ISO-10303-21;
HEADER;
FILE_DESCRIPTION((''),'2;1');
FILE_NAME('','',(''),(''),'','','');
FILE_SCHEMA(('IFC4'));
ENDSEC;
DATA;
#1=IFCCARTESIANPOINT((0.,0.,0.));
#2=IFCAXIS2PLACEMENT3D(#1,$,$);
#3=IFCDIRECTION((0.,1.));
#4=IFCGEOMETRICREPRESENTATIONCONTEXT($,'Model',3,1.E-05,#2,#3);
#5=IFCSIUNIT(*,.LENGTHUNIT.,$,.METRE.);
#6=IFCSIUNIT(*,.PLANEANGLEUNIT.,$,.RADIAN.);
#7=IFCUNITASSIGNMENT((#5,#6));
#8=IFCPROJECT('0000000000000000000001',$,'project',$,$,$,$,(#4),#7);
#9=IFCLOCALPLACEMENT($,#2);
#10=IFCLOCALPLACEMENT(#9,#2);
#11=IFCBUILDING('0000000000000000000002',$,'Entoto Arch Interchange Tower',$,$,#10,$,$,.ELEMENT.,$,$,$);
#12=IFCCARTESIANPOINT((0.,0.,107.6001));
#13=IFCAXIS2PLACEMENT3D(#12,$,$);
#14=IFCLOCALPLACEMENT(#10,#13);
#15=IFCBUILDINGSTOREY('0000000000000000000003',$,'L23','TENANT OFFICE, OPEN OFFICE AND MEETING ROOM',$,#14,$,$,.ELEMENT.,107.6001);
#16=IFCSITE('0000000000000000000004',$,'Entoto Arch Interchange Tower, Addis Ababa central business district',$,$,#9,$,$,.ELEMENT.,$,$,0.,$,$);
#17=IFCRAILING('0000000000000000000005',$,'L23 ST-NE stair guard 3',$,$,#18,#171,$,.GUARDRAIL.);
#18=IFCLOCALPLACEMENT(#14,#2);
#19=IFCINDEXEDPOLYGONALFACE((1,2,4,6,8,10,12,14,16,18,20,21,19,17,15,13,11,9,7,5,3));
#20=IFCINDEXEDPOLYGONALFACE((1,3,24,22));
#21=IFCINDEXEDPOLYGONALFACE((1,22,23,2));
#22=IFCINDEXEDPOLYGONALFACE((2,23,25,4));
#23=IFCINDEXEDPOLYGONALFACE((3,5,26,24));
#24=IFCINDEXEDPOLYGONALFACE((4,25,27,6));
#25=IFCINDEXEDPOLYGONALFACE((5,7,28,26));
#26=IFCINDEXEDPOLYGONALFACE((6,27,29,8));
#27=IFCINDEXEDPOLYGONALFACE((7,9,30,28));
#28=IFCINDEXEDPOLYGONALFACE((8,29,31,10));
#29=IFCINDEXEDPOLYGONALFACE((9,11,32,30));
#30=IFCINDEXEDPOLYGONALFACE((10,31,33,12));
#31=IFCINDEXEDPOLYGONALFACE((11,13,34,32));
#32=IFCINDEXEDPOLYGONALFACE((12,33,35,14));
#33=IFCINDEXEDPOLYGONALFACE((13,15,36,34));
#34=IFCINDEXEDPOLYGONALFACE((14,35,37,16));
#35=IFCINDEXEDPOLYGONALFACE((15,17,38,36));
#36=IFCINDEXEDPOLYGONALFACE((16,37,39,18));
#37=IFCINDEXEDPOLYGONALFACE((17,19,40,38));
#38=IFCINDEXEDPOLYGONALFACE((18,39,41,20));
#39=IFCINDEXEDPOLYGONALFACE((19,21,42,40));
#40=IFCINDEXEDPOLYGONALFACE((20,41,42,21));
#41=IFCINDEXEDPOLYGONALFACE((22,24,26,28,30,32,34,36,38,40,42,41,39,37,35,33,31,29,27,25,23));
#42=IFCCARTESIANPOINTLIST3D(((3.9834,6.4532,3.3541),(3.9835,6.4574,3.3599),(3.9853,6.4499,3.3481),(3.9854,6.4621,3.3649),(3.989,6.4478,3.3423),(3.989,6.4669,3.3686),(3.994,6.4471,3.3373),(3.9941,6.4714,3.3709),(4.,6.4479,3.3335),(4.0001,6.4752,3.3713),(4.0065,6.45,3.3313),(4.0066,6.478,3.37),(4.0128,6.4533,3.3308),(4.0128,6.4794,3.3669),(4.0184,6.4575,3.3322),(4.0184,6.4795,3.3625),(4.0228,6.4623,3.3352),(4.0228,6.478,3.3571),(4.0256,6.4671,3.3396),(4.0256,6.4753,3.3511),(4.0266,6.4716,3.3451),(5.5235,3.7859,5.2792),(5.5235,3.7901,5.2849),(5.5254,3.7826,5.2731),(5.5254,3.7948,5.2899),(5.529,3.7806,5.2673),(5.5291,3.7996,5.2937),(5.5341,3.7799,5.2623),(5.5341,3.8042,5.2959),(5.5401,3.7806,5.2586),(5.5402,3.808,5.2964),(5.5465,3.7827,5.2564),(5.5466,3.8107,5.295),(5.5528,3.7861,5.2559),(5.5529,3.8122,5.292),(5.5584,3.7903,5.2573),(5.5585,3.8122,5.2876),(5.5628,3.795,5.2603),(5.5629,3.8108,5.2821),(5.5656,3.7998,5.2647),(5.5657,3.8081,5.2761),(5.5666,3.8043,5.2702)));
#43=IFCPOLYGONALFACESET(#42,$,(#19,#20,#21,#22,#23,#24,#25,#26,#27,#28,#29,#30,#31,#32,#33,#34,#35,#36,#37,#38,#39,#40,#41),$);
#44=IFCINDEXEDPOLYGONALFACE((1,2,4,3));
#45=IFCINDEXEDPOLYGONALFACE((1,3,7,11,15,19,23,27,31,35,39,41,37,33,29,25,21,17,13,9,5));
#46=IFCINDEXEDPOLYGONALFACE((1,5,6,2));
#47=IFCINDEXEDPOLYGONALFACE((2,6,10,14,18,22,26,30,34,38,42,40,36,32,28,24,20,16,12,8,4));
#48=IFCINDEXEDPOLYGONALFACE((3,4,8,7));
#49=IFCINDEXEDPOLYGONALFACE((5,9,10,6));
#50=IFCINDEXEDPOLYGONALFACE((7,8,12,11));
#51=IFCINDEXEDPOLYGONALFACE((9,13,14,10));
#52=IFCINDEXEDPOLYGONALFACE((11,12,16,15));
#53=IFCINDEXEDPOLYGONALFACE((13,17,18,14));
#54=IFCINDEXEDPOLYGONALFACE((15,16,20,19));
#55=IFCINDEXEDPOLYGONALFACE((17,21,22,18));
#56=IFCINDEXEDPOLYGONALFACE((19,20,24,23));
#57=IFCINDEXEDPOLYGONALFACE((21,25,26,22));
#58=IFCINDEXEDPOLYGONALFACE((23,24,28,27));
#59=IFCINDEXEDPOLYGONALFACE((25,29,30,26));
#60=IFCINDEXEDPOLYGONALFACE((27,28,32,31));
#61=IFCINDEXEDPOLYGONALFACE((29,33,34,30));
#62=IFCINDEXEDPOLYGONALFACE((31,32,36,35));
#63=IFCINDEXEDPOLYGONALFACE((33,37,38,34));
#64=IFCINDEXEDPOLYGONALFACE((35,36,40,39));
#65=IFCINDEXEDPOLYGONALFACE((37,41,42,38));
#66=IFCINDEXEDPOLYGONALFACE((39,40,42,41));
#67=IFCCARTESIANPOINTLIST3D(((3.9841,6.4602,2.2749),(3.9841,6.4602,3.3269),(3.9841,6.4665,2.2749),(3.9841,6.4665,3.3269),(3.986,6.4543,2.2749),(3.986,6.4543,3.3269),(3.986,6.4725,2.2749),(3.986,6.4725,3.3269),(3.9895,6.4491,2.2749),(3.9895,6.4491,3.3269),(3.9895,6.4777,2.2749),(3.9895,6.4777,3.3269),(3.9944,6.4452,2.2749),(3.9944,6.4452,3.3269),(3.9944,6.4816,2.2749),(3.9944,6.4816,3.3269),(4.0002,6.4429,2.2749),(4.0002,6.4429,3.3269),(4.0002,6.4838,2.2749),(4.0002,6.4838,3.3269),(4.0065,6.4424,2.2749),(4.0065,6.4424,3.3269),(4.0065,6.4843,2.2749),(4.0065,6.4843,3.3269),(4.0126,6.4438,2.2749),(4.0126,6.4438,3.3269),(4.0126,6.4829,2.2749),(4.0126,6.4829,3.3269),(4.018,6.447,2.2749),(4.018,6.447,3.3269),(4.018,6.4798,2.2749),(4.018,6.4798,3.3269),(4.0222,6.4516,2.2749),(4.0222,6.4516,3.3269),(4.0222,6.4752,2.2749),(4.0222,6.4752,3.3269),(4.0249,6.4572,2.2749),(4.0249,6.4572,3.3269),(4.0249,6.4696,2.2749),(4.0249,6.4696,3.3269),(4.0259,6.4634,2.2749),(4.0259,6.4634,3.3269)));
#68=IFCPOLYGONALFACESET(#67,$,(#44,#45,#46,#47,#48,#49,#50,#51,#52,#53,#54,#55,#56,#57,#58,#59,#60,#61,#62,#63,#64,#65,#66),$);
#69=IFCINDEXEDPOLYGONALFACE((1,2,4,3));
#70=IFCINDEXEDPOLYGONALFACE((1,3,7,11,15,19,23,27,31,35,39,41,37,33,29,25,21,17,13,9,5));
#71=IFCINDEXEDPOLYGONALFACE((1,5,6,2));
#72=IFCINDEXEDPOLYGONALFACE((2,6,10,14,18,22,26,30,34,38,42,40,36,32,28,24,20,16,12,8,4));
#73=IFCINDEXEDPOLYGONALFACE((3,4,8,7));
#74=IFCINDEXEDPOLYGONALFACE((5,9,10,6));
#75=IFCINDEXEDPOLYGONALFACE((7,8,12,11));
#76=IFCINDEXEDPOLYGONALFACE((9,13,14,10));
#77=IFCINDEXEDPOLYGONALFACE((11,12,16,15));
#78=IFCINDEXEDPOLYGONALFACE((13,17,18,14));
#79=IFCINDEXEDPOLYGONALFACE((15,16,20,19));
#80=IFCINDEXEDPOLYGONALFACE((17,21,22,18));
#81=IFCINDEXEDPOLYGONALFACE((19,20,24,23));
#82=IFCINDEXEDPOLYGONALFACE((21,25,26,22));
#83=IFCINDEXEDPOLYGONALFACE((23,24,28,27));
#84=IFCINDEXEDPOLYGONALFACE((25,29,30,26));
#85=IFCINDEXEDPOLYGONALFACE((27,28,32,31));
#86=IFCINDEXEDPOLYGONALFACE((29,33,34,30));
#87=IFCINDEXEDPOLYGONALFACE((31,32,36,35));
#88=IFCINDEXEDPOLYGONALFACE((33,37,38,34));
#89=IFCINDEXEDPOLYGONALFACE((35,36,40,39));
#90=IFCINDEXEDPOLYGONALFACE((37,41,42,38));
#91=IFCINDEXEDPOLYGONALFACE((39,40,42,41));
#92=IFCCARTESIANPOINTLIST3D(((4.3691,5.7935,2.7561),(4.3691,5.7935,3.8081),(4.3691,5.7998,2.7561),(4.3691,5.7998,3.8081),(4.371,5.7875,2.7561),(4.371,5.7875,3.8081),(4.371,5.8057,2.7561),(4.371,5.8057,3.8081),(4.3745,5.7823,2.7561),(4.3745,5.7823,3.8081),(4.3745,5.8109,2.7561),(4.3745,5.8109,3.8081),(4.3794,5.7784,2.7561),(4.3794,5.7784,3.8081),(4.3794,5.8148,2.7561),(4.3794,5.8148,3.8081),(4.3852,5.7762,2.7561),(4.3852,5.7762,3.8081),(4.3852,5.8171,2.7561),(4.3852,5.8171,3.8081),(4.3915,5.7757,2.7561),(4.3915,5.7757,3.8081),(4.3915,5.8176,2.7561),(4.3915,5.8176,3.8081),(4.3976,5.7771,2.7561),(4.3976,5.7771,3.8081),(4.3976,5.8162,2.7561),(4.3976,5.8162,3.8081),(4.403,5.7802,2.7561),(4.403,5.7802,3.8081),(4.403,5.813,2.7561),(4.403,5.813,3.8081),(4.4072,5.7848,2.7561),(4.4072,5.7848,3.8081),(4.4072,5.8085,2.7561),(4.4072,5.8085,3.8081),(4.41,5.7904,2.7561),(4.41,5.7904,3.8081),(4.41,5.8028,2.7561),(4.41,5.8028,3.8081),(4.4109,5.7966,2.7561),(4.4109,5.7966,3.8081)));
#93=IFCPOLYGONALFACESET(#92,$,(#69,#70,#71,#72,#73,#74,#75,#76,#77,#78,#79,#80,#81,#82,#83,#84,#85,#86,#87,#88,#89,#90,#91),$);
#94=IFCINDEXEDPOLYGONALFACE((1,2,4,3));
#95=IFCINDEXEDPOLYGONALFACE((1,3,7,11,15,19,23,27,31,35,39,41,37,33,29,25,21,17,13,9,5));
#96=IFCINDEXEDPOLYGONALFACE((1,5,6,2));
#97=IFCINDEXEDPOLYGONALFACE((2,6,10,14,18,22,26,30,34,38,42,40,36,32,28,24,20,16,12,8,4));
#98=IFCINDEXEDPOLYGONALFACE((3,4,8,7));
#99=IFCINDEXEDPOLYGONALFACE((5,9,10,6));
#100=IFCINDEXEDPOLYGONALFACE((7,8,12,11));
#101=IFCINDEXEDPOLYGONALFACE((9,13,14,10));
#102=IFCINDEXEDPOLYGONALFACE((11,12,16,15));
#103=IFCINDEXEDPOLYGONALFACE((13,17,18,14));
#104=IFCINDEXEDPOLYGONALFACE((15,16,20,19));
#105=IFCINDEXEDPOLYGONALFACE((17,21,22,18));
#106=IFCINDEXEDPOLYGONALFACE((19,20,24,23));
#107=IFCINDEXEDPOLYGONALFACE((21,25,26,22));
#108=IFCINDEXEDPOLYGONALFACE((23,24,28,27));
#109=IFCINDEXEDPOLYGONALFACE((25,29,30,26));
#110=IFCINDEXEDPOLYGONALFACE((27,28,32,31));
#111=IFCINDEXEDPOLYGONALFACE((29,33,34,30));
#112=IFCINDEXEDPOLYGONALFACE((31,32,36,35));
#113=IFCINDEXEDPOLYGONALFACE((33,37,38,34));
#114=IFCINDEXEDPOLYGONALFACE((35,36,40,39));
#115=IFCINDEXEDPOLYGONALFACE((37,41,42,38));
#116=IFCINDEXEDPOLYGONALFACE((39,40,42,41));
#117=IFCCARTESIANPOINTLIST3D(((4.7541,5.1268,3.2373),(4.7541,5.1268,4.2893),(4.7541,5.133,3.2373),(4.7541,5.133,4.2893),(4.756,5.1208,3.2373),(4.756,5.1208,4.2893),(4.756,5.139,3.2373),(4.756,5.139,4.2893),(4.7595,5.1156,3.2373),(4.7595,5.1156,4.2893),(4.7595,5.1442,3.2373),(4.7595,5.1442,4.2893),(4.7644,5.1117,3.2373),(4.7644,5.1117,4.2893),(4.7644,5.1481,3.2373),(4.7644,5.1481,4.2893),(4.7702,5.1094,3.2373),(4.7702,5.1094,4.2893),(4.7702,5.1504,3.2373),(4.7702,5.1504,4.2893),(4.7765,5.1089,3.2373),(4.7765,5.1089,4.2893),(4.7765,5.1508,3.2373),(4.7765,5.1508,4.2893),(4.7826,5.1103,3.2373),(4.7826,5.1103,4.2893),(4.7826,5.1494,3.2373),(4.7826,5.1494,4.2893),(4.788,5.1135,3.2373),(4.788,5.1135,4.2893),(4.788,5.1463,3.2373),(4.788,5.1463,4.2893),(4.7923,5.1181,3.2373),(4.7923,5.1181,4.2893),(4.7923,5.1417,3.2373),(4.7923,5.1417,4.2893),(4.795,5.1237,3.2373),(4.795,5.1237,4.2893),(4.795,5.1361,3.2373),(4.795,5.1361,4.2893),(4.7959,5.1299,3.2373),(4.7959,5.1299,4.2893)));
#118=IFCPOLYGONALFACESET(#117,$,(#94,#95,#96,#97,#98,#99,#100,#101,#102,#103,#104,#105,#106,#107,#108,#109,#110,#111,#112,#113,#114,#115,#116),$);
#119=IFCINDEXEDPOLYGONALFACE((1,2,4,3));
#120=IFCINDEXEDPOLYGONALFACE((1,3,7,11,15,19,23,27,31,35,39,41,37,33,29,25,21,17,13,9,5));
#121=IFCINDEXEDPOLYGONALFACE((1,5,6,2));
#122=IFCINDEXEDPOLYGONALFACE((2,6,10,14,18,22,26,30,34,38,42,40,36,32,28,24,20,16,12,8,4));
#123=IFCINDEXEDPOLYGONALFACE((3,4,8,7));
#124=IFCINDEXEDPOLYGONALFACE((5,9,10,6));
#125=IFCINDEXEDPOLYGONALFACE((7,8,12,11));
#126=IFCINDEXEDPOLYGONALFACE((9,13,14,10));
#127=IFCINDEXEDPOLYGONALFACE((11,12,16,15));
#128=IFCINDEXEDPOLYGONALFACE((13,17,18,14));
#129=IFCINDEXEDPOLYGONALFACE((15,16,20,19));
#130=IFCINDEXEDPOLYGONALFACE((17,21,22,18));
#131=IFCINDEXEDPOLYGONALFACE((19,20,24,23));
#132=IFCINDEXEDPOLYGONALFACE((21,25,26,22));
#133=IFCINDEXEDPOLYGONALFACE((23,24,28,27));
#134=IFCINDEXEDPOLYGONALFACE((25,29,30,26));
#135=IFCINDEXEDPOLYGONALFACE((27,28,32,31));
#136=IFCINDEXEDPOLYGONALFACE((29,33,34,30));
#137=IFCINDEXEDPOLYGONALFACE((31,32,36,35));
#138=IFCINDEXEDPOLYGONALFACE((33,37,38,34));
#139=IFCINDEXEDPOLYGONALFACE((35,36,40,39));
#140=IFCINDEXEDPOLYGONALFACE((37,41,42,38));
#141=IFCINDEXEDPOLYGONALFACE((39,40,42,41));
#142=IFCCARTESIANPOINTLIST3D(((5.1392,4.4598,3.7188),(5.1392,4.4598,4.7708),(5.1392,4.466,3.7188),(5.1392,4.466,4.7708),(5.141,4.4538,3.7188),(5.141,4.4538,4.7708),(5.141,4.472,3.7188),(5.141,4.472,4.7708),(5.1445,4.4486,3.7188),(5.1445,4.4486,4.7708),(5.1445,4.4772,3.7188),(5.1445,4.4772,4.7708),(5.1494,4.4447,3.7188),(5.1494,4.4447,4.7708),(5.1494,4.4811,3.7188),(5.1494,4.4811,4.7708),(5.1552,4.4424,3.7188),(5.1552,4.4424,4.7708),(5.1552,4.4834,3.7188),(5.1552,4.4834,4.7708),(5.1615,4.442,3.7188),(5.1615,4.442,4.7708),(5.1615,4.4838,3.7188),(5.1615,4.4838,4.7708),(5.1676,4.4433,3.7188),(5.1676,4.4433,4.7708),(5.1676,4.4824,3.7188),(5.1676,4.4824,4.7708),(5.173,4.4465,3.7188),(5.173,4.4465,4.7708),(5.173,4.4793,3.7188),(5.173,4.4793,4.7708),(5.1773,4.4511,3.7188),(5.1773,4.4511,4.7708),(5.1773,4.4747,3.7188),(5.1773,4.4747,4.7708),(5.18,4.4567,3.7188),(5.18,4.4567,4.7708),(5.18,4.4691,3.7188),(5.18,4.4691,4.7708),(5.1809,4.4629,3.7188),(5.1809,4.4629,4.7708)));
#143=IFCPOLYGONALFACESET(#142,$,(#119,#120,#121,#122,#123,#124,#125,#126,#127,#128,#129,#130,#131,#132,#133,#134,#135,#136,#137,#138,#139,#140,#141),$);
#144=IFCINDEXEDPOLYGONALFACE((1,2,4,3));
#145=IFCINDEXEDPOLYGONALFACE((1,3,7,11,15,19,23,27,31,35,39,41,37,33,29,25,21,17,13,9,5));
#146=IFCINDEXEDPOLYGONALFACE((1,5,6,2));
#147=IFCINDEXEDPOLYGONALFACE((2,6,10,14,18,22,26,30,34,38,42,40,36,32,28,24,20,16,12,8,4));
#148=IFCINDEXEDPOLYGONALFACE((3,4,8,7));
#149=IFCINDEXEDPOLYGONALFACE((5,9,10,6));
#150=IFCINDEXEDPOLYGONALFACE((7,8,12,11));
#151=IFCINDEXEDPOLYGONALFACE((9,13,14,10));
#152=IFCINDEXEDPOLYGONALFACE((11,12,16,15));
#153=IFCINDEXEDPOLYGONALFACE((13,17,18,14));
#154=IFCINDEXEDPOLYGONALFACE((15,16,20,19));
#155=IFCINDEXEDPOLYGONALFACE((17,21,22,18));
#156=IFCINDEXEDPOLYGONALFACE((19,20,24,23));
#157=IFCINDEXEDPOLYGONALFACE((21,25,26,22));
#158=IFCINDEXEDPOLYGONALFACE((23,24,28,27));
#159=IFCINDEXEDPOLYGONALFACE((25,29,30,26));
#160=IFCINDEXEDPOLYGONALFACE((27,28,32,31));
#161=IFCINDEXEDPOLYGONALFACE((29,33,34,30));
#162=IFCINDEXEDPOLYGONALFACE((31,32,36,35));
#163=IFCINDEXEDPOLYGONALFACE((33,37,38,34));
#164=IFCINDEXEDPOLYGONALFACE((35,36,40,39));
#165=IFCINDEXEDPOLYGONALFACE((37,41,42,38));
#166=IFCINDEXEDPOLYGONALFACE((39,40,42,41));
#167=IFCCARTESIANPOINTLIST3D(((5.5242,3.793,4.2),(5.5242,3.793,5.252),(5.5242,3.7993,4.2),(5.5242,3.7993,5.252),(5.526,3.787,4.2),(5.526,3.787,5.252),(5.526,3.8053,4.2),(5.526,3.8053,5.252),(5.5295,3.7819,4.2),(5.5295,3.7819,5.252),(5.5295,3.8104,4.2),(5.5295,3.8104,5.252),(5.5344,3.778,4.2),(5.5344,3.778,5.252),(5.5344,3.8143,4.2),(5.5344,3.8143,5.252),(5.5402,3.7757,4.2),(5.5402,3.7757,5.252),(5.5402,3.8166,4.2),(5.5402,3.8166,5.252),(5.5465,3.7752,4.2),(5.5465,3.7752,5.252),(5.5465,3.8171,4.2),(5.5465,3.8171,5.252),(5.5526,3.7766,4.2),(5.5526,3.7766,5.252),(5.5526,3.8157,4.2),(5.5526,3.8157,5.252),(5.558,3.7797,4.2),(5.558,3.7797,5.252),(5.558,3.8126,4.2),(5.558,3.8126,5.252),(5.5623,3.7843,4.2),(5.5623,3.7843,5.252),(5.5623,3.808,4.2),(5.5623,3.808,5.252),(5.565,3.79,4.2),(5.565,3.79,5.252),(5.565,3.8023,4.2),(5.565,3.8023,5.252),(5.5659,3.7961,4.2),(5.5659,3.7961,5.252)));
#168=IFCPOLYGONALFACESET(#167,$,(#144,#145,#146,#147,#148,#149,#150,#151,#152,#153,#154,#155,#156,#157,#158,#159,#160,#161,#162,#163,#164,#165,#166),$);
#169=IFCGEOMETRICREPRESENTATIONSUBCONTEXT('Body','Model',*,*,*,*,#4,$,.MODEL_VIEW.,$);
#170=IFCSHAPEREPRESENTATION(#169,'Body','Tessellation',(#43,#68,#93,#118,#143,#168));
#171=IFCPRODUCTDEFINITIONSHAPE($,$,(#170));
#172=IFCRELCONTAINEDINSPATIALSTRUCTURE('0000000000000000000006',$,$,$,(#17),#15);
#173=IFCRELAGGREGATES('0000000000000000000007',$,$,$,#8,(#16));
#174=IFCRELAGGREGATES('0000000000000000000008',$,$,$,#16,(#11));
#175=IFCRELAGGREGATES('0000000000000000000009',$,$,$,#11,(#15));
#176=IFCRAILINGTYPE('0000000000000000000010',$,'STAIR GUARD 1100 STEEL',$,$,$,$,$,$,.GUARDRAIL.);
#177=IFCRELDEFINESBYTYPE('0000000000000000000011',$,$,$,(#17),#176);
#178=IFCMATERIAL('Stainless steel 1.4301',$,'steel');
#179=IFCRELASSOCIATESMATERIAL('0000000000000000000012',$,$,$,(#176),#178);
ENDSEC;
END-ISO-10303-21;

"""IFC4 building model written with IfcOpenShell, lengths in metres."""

from ifc_helpers import new_model, si_unit, direction, frame, origin, origin_2d, place, context, subcontext, project, spatial, circle, extrude, material, type_object, element, save


model = new_model("IFC4")

# Units and contexts
model_context = context("Model", 3, precision=1e-05, world=origin(), true_north=direction((0.0, 1.0)))
body_context = subcontext(model_context, "Body", "Model", "MODEL_VIEW")
ifc_project = project(units=[si_unit("LENGTHUNIT", "METRE"), si_unit("PLANEANGLEUNIT", "RADIAN")], contexts=[model_context])

# Site, building, storey
site_placement = place(None, origin())
site = spatial("IfcSite", under=ifc_project, at=site_placement, Name="Entoto Arch Interchange Tower, Addis Ababa central business district", CompositionType="ELEMENT", RefElevation=0.0)
building_placement = place(site_placement, origin())
building = spatial("IfcBuilding", under=site, at=building_placement, Name="Entoto Arch Interchange Tower", CompositionType="ELEMENT")
storey_placement = place(building_placement, frame((0.0, 0.0, 107.6001)))
storey = spatial("IfcBuildingStorey", under=building, at=storey_placement, Name="L23", Description="TENANT OFFICE, OPEN OFFICE AND MEETING ROOM", CompositionType="ELEMENT", Elevation=107.6001)

# Railing
ifc_material_1 = material(Name="Stainless steel 1.4301", Category="steel")
railing_type_1 = type_object("IfcRailingType", Name="STAIR GUARD 1100 STEEL", PredefinedType="GUARDRAIL", material=ifc_material_1)
railing_1_placement = place(storey_placement, frame((4.0049, 6.4634, 2.2749)))
element("IfcRailing", 1, at=railing_1_placement, inside=storey, type_object=railing_type_1, Name="L23 ST-NE stair guard 3", PredefinedType="GUARDRAIL", context=body_context, shape_type="SweptSolid", body=[
    extrude(circle(Radius=0.0239, at=origin_2d()), frame((0.0, 0.0, 1.0762), z_axis=(0.424015, -0.734364, 0.530019), x_axis=(0.86601, 0.500027, 0.0)), (0.0, 0.0, 1.0), 3.6321),
    extrude(circle(Radius=0.021, at=origin_2d()), origin(), (0.0, 0.0, 1.0), 1.052),
    extrude(circle(Radius=0.021, at=origin_2d()), frame((0.385, -0.6667, 0.4812)), (0.0, 0.0, 1.0), 1.052),
    extrude(circle(Radius=0.021, at=origin_2d()), frame((0.77, -1.3335, 0.9624)), (0.0, 0.0, 1.0), 1.052),
    extrude(circle(Radius=0.021, at=origin_2d()), frame((1.155, -2.0005, 1.4438)), (0.0, 0.0, 1.0), 1.052),
    extrude(circle(Radius=0.021, at=origin_2d()), frame((1.54, -2.6672, 1.925)), (0.0, 0.0, 1.0), 1.052),
])

save(model, "model.ifc")
